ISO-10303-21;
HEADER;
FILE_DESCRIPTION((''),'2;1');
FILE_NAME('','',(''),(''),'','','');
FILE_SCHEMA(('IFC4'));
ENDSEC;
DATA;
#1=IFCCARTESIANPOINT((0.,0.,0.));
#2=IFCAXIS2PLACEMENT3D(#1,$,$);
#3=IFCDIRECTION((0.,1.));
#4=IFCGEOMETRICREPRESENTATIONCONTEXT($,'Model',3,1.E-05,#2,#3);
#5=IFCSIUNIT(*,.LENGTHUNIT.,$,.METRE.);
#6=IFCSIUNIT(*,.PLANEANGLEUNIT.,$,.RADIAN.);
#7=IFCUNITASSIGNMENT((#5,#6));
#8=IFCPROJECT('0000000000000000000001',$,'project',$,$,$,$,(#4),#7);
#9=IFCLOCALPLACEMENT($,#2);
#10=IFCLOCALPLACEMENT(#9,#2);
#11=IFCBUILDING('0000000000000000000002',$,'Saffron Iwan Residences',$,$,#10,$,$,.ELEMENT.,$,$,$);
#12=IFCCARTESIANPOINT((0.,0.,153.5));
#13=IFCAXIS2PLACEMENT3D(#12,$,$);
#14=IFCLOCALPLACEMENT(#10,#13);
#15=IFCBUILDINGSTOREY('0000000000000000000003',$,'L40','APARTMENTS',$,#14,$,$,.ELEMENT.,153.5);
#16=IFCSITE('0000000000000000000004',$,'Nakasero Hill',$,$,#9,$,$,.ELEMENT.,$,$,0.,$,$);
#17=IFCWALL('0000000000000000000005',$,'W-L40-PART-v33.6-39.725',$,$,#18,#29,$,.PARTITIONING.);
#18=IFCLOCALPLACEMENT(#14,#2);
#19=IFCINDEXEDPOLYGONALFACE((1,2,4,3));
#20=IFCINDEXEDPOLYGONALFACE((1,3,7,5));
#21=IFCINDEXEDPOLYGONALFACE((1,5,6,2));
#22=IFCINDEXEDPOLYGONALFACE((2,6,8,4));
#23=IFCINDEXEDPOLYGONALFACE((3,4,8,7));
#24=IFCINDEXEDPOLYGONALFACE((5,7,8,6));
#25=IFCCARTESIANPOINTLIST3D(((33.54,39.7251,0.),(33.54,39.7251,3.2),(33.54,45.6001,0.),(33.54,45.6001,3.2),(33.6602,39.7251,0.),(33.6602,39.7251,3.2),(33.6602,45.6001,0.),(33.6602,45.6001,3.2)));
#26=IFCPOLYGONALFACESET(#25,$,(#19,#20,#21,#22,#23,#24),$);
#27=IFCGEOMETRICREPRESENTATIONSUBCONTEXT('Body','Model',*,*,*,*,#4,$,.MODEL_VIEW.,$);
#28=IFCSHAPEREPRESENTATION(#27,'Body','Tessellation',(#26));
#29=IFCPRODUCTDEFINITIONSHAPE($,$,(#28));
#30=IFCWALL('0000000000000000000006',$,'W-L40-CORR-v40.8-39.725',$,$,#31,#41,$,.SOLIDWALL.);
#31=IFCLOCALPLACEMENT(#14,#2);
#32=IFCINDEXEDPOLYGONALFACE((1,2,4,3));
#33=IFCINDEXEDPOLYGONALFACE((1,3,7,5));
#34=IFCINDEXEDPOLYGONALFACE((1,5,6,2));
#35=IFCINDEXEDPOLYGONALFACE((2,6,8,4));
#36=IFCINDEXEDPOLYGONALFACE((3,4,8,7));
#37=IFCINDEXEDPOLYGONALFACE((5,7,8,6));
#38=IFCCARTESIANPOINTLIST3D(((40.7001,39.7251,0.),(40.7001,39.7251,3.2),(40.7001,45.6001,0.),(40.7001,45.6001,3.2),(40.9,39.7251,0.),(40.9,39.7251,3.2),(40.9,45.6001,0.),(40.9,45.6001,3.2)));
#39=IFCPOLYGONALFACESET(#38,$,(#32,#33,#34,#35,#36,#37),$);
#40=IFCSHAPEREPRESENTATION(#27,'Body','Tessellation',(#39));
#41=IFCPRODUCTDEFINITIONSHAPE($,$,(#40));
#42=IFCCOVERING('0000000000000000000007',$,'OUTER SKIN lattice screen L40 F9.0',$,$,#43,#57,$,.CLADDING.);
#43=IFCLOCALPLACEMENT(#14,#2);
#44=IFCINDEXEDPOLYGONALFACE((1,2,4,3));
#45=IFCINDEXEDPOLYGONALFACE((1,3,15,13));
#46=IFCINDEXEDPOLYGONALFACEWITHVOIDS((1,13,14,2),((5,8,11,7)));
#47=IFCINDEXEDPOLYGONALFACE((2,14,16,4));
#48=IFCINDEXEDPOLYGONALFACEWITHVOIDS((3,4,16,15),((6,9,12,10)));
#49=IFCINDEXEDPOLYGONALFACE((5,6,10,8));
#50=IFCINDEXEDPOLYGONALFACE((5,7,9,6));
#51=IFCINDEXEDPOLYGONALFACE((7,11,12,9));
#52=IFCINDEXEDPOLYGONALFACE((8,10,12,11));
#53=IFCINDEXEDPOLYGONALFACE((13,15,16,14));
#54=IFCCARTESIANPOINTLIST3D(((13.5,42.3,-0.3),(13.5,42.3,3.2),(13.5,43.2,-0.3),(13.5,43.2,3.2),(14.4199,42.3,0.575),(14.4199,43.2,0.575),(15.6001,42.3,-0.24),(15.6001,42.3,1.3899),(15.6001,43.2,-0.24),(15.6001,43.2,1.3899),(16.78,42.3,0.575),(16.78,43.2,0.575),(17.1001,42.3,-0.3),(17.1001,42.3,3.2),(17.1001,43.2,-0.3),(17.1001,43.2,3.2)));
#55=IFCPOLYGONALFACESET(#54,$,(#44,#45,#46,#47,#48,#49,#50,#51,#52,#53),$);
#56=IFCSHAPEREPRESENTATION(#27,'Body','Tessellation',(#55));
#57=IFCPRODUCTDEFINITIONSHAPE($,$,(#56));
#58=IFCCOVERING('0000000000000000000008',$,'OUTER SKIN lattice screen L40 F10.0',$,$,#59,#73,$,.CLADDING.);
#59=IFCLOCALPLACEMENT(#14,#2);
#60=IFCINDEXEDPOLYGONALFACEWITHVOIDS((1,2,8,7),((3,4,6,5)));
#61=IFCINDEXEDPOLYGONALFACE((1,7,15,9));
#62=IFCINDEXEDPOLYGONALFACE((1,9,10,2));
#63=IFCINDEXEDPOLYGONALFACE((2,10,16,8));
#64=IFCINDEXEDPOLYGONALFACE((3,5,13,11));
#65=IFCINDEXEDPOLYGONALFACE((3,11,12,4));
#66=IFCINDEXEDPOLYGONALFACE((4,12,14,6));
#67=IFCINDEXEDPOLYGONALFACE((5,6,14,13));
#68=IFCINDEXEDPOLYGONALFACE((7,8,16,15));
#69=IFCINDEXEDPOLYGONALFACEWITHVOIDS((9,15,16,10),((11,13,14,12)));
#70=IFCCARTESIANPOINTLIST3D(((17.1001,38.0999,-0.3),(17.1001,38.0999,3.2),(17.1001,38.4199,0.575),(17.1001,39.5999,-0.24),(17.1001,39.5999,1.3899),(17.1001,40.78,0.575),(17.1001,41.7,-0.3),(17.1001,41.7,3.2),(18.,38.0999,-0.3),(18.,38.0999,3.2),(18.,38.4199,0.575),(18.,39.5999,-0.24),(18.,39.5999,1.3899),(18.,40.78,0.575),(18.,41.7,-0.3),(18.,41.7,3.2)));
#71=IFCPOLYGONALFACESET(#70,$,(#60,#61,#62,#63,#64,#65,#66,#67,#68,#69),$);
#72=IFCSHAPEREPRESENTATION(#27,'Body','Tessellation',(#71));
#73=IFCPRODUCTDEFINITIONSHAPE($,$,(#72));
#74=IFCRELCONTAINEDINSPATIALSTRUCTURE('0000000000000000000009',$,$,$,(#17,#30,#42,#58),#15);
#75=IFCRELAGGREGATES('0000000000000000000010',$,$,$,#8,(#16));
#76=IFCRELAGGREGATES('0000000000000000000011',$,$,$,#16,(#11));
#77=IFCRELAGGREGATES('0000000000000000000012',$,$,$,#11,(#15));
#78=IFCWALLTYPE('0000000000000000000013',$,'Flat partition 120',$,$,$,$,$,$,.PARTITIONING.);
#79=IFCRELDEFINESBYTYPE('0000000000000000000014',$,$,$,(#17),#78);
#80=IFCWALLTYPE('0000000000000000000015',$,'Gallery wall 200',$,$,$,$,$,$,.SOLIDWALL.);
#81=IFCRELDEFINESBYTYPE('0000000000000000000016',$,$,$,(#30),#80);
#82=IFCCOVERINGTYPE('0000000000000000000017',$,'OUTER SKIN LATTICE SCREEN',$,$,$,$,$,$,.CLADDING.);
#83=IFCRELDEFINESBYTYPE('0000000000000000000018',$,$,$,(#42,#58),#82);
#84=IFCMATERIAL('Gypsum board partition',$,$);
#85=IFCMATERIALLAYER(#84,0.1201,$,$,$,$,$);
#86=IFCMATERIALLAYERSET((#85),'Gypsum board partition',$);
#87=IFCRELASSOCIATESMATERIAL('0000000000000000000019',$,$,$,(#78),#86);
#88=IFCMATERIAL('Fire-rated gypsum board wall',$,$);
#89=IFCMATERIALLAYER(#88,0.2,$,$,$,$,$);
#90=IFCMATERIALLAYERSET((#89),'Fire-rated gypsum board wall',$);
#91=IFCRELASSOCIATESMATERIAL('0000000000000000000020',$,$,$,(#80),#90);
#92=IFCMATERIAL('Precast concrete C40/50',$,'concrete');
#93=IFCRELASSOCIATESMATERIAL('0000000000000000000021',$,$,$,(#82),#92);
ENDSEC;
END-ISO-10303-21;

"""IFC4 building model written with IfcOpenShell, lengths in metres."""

from ifc_helpers import new_model, si_unit, direction, frame, frame_2d, origin, place, context, subcontext, project, spatial, polyline, rectangle, outline, extrude, material, layer, layer_set, type_object, element, save


model = new_model("IFC4")

# Units and contexts
model_context = context("Model", 3, precision=1e-05, world=origin(), true_north=direction((0.0, 1.0)))
body_context = subcontext(model_context, "Body", "Model", "MODEL_VIEW")
ifc_project = project(units=[si_unit("LENGTHUNIT", "METRE"), si_unit("PLANEANGLEUNIT", "RADIAN")], contexts=[model_context])

# Site, building, storey
site_placement = place(None, origin())
site = spatial("IfcSite", under=ifc_project, at=site_placement, Name="Nakasero Hill", CompositionType="ELEMENT", RefElevation=0.0)
building_placement = place(site_placement, origin())
building = spatial("IfcBuilding", under=site, at=building_placement, Name="Saffron Iwan Residences", CompositionType="ELEMENT")
storey_placement = place(building_placement, frame((0.0, 0.0, 153.5)))
storey = spatial("IfcBuildingStorey", under=building, at=storey_placement, Name="L40", Description="APARTMENTS", CompositionType="ELEMENT", Elevation=153.5)

# Shared definitions
ifc_material_1 = material(Name="Gypsum board partition")
ifc_layer_1 = layer(ifc_material_1, 0.1201)
ifc_layer_set_1 = layer_set([ifc_layer_1], Name="Gypsum board partition")
wall_type_1 = type_object("IfcWallType", Name="Flat partition 120", PredefinedType="PARTITIONING", material=ifc_layer_set_1)

# Walls
wall_1_placement = place(storey_placement, frame((33.6001, 39.7251, 0.0), z_axis=(0.0, 0.0, 1.0), x_axis=(0.0, 1.0, 0.0)))
element("IfcWall", 1, at=wall_1_placement, inside=storey, type_object=wall_type_1, Name="W-L40-PART-v33.6-39.725", PredefinedType="PARTITIONING", context=body_context, shape_type="SweptSolid", body=[
    extrude(rectangle(XDim=5.875, YDim=0.1201, at=frame_2d((2.9375, 0.0))), origin(), (0.0, 0.0, 1.0), 3.2),
])
ifc_material_2 = material(Name="Fire-rated gypsum board wall")
ifc_layer_2 = layer(ifc_material_2, 0.2)
ifc_layer_set_2 = layer_set([ifc_layer_2], Name="Fire-rated gypsum board wall")
wall_type_2 = type_object("IfcWallType", Name="Gallery wall 200", PredefinedType="SOLIDWALL", material=ifc_layer_set_2)
wall_2_placement = place(storey_placement, frame((40.8, 39.7251, 0.0), z_axis=(0.0, 0.0, 1.0), x_axis=(0.0, 1.0, 0.0)))
element("IfcWall", 2, at=wall_2_placement, inside=storey, type_object=wall_type_2, Name="W-L40-CORR-v40.8-39.725", PredefinedType="SOLIDWALL", context=body_context, shape_type="SweptSolid", body=[
    extrude(rectangle(XDim=5.875, YDim=0.2, at=frame_2d((2.9375, 0.0))), origin(), (0.0, 0.0, 1.0), 3.2),
])

# Coverings
ifc_material_3 = material(Name="Precast concrete C40/50", Category="concrete")
covering_type = type_object("IfcCoveringType", Name="OUTER SKIN LATTICE SCREEN", PredefinedType="CLADDING", material=ifc_material_3)
for number, where, z_axis, x_axis, name in (
    (3, (13.5, 43.2, -0.3), (0.0, -1.0, 0.0), (1.0, 0.0, 0.0), "OUTER SKIN lattice screen L40 F9.0"),
    (4, (18.0, 41.7, -0.3), (-1.0, 0.0, 0.0), (0.0, -1.0, 0.0), "OUTER SKIN lattice screen L40 F10.0"),
):
    element("IfcCovering", number, at=place(storey_placement, frame(where, z_axis=z_axis, x_axis=x_axis)), inside=storey, type_object=covering_type, Name=name, PredefinedType="CLADDING", context=body_context, shape_type="SweptSolid", body=[
        extrude(outline(polyline([(0.0, 0.0), (3.6001, 0.0), (3.6001, 3.5), (0.0, 3.5), (0.0, 0.0)]), holes=[polyline([(0.9199, 0.875), (2.1001, 0.0601), (3.28, 0.875), (2.1001, 1.6899), (0.9199, 0.875)])]), origin(), (0.0, 0.0, 1.0), 0.8999),
    ])

save(model, "model.ifc")
